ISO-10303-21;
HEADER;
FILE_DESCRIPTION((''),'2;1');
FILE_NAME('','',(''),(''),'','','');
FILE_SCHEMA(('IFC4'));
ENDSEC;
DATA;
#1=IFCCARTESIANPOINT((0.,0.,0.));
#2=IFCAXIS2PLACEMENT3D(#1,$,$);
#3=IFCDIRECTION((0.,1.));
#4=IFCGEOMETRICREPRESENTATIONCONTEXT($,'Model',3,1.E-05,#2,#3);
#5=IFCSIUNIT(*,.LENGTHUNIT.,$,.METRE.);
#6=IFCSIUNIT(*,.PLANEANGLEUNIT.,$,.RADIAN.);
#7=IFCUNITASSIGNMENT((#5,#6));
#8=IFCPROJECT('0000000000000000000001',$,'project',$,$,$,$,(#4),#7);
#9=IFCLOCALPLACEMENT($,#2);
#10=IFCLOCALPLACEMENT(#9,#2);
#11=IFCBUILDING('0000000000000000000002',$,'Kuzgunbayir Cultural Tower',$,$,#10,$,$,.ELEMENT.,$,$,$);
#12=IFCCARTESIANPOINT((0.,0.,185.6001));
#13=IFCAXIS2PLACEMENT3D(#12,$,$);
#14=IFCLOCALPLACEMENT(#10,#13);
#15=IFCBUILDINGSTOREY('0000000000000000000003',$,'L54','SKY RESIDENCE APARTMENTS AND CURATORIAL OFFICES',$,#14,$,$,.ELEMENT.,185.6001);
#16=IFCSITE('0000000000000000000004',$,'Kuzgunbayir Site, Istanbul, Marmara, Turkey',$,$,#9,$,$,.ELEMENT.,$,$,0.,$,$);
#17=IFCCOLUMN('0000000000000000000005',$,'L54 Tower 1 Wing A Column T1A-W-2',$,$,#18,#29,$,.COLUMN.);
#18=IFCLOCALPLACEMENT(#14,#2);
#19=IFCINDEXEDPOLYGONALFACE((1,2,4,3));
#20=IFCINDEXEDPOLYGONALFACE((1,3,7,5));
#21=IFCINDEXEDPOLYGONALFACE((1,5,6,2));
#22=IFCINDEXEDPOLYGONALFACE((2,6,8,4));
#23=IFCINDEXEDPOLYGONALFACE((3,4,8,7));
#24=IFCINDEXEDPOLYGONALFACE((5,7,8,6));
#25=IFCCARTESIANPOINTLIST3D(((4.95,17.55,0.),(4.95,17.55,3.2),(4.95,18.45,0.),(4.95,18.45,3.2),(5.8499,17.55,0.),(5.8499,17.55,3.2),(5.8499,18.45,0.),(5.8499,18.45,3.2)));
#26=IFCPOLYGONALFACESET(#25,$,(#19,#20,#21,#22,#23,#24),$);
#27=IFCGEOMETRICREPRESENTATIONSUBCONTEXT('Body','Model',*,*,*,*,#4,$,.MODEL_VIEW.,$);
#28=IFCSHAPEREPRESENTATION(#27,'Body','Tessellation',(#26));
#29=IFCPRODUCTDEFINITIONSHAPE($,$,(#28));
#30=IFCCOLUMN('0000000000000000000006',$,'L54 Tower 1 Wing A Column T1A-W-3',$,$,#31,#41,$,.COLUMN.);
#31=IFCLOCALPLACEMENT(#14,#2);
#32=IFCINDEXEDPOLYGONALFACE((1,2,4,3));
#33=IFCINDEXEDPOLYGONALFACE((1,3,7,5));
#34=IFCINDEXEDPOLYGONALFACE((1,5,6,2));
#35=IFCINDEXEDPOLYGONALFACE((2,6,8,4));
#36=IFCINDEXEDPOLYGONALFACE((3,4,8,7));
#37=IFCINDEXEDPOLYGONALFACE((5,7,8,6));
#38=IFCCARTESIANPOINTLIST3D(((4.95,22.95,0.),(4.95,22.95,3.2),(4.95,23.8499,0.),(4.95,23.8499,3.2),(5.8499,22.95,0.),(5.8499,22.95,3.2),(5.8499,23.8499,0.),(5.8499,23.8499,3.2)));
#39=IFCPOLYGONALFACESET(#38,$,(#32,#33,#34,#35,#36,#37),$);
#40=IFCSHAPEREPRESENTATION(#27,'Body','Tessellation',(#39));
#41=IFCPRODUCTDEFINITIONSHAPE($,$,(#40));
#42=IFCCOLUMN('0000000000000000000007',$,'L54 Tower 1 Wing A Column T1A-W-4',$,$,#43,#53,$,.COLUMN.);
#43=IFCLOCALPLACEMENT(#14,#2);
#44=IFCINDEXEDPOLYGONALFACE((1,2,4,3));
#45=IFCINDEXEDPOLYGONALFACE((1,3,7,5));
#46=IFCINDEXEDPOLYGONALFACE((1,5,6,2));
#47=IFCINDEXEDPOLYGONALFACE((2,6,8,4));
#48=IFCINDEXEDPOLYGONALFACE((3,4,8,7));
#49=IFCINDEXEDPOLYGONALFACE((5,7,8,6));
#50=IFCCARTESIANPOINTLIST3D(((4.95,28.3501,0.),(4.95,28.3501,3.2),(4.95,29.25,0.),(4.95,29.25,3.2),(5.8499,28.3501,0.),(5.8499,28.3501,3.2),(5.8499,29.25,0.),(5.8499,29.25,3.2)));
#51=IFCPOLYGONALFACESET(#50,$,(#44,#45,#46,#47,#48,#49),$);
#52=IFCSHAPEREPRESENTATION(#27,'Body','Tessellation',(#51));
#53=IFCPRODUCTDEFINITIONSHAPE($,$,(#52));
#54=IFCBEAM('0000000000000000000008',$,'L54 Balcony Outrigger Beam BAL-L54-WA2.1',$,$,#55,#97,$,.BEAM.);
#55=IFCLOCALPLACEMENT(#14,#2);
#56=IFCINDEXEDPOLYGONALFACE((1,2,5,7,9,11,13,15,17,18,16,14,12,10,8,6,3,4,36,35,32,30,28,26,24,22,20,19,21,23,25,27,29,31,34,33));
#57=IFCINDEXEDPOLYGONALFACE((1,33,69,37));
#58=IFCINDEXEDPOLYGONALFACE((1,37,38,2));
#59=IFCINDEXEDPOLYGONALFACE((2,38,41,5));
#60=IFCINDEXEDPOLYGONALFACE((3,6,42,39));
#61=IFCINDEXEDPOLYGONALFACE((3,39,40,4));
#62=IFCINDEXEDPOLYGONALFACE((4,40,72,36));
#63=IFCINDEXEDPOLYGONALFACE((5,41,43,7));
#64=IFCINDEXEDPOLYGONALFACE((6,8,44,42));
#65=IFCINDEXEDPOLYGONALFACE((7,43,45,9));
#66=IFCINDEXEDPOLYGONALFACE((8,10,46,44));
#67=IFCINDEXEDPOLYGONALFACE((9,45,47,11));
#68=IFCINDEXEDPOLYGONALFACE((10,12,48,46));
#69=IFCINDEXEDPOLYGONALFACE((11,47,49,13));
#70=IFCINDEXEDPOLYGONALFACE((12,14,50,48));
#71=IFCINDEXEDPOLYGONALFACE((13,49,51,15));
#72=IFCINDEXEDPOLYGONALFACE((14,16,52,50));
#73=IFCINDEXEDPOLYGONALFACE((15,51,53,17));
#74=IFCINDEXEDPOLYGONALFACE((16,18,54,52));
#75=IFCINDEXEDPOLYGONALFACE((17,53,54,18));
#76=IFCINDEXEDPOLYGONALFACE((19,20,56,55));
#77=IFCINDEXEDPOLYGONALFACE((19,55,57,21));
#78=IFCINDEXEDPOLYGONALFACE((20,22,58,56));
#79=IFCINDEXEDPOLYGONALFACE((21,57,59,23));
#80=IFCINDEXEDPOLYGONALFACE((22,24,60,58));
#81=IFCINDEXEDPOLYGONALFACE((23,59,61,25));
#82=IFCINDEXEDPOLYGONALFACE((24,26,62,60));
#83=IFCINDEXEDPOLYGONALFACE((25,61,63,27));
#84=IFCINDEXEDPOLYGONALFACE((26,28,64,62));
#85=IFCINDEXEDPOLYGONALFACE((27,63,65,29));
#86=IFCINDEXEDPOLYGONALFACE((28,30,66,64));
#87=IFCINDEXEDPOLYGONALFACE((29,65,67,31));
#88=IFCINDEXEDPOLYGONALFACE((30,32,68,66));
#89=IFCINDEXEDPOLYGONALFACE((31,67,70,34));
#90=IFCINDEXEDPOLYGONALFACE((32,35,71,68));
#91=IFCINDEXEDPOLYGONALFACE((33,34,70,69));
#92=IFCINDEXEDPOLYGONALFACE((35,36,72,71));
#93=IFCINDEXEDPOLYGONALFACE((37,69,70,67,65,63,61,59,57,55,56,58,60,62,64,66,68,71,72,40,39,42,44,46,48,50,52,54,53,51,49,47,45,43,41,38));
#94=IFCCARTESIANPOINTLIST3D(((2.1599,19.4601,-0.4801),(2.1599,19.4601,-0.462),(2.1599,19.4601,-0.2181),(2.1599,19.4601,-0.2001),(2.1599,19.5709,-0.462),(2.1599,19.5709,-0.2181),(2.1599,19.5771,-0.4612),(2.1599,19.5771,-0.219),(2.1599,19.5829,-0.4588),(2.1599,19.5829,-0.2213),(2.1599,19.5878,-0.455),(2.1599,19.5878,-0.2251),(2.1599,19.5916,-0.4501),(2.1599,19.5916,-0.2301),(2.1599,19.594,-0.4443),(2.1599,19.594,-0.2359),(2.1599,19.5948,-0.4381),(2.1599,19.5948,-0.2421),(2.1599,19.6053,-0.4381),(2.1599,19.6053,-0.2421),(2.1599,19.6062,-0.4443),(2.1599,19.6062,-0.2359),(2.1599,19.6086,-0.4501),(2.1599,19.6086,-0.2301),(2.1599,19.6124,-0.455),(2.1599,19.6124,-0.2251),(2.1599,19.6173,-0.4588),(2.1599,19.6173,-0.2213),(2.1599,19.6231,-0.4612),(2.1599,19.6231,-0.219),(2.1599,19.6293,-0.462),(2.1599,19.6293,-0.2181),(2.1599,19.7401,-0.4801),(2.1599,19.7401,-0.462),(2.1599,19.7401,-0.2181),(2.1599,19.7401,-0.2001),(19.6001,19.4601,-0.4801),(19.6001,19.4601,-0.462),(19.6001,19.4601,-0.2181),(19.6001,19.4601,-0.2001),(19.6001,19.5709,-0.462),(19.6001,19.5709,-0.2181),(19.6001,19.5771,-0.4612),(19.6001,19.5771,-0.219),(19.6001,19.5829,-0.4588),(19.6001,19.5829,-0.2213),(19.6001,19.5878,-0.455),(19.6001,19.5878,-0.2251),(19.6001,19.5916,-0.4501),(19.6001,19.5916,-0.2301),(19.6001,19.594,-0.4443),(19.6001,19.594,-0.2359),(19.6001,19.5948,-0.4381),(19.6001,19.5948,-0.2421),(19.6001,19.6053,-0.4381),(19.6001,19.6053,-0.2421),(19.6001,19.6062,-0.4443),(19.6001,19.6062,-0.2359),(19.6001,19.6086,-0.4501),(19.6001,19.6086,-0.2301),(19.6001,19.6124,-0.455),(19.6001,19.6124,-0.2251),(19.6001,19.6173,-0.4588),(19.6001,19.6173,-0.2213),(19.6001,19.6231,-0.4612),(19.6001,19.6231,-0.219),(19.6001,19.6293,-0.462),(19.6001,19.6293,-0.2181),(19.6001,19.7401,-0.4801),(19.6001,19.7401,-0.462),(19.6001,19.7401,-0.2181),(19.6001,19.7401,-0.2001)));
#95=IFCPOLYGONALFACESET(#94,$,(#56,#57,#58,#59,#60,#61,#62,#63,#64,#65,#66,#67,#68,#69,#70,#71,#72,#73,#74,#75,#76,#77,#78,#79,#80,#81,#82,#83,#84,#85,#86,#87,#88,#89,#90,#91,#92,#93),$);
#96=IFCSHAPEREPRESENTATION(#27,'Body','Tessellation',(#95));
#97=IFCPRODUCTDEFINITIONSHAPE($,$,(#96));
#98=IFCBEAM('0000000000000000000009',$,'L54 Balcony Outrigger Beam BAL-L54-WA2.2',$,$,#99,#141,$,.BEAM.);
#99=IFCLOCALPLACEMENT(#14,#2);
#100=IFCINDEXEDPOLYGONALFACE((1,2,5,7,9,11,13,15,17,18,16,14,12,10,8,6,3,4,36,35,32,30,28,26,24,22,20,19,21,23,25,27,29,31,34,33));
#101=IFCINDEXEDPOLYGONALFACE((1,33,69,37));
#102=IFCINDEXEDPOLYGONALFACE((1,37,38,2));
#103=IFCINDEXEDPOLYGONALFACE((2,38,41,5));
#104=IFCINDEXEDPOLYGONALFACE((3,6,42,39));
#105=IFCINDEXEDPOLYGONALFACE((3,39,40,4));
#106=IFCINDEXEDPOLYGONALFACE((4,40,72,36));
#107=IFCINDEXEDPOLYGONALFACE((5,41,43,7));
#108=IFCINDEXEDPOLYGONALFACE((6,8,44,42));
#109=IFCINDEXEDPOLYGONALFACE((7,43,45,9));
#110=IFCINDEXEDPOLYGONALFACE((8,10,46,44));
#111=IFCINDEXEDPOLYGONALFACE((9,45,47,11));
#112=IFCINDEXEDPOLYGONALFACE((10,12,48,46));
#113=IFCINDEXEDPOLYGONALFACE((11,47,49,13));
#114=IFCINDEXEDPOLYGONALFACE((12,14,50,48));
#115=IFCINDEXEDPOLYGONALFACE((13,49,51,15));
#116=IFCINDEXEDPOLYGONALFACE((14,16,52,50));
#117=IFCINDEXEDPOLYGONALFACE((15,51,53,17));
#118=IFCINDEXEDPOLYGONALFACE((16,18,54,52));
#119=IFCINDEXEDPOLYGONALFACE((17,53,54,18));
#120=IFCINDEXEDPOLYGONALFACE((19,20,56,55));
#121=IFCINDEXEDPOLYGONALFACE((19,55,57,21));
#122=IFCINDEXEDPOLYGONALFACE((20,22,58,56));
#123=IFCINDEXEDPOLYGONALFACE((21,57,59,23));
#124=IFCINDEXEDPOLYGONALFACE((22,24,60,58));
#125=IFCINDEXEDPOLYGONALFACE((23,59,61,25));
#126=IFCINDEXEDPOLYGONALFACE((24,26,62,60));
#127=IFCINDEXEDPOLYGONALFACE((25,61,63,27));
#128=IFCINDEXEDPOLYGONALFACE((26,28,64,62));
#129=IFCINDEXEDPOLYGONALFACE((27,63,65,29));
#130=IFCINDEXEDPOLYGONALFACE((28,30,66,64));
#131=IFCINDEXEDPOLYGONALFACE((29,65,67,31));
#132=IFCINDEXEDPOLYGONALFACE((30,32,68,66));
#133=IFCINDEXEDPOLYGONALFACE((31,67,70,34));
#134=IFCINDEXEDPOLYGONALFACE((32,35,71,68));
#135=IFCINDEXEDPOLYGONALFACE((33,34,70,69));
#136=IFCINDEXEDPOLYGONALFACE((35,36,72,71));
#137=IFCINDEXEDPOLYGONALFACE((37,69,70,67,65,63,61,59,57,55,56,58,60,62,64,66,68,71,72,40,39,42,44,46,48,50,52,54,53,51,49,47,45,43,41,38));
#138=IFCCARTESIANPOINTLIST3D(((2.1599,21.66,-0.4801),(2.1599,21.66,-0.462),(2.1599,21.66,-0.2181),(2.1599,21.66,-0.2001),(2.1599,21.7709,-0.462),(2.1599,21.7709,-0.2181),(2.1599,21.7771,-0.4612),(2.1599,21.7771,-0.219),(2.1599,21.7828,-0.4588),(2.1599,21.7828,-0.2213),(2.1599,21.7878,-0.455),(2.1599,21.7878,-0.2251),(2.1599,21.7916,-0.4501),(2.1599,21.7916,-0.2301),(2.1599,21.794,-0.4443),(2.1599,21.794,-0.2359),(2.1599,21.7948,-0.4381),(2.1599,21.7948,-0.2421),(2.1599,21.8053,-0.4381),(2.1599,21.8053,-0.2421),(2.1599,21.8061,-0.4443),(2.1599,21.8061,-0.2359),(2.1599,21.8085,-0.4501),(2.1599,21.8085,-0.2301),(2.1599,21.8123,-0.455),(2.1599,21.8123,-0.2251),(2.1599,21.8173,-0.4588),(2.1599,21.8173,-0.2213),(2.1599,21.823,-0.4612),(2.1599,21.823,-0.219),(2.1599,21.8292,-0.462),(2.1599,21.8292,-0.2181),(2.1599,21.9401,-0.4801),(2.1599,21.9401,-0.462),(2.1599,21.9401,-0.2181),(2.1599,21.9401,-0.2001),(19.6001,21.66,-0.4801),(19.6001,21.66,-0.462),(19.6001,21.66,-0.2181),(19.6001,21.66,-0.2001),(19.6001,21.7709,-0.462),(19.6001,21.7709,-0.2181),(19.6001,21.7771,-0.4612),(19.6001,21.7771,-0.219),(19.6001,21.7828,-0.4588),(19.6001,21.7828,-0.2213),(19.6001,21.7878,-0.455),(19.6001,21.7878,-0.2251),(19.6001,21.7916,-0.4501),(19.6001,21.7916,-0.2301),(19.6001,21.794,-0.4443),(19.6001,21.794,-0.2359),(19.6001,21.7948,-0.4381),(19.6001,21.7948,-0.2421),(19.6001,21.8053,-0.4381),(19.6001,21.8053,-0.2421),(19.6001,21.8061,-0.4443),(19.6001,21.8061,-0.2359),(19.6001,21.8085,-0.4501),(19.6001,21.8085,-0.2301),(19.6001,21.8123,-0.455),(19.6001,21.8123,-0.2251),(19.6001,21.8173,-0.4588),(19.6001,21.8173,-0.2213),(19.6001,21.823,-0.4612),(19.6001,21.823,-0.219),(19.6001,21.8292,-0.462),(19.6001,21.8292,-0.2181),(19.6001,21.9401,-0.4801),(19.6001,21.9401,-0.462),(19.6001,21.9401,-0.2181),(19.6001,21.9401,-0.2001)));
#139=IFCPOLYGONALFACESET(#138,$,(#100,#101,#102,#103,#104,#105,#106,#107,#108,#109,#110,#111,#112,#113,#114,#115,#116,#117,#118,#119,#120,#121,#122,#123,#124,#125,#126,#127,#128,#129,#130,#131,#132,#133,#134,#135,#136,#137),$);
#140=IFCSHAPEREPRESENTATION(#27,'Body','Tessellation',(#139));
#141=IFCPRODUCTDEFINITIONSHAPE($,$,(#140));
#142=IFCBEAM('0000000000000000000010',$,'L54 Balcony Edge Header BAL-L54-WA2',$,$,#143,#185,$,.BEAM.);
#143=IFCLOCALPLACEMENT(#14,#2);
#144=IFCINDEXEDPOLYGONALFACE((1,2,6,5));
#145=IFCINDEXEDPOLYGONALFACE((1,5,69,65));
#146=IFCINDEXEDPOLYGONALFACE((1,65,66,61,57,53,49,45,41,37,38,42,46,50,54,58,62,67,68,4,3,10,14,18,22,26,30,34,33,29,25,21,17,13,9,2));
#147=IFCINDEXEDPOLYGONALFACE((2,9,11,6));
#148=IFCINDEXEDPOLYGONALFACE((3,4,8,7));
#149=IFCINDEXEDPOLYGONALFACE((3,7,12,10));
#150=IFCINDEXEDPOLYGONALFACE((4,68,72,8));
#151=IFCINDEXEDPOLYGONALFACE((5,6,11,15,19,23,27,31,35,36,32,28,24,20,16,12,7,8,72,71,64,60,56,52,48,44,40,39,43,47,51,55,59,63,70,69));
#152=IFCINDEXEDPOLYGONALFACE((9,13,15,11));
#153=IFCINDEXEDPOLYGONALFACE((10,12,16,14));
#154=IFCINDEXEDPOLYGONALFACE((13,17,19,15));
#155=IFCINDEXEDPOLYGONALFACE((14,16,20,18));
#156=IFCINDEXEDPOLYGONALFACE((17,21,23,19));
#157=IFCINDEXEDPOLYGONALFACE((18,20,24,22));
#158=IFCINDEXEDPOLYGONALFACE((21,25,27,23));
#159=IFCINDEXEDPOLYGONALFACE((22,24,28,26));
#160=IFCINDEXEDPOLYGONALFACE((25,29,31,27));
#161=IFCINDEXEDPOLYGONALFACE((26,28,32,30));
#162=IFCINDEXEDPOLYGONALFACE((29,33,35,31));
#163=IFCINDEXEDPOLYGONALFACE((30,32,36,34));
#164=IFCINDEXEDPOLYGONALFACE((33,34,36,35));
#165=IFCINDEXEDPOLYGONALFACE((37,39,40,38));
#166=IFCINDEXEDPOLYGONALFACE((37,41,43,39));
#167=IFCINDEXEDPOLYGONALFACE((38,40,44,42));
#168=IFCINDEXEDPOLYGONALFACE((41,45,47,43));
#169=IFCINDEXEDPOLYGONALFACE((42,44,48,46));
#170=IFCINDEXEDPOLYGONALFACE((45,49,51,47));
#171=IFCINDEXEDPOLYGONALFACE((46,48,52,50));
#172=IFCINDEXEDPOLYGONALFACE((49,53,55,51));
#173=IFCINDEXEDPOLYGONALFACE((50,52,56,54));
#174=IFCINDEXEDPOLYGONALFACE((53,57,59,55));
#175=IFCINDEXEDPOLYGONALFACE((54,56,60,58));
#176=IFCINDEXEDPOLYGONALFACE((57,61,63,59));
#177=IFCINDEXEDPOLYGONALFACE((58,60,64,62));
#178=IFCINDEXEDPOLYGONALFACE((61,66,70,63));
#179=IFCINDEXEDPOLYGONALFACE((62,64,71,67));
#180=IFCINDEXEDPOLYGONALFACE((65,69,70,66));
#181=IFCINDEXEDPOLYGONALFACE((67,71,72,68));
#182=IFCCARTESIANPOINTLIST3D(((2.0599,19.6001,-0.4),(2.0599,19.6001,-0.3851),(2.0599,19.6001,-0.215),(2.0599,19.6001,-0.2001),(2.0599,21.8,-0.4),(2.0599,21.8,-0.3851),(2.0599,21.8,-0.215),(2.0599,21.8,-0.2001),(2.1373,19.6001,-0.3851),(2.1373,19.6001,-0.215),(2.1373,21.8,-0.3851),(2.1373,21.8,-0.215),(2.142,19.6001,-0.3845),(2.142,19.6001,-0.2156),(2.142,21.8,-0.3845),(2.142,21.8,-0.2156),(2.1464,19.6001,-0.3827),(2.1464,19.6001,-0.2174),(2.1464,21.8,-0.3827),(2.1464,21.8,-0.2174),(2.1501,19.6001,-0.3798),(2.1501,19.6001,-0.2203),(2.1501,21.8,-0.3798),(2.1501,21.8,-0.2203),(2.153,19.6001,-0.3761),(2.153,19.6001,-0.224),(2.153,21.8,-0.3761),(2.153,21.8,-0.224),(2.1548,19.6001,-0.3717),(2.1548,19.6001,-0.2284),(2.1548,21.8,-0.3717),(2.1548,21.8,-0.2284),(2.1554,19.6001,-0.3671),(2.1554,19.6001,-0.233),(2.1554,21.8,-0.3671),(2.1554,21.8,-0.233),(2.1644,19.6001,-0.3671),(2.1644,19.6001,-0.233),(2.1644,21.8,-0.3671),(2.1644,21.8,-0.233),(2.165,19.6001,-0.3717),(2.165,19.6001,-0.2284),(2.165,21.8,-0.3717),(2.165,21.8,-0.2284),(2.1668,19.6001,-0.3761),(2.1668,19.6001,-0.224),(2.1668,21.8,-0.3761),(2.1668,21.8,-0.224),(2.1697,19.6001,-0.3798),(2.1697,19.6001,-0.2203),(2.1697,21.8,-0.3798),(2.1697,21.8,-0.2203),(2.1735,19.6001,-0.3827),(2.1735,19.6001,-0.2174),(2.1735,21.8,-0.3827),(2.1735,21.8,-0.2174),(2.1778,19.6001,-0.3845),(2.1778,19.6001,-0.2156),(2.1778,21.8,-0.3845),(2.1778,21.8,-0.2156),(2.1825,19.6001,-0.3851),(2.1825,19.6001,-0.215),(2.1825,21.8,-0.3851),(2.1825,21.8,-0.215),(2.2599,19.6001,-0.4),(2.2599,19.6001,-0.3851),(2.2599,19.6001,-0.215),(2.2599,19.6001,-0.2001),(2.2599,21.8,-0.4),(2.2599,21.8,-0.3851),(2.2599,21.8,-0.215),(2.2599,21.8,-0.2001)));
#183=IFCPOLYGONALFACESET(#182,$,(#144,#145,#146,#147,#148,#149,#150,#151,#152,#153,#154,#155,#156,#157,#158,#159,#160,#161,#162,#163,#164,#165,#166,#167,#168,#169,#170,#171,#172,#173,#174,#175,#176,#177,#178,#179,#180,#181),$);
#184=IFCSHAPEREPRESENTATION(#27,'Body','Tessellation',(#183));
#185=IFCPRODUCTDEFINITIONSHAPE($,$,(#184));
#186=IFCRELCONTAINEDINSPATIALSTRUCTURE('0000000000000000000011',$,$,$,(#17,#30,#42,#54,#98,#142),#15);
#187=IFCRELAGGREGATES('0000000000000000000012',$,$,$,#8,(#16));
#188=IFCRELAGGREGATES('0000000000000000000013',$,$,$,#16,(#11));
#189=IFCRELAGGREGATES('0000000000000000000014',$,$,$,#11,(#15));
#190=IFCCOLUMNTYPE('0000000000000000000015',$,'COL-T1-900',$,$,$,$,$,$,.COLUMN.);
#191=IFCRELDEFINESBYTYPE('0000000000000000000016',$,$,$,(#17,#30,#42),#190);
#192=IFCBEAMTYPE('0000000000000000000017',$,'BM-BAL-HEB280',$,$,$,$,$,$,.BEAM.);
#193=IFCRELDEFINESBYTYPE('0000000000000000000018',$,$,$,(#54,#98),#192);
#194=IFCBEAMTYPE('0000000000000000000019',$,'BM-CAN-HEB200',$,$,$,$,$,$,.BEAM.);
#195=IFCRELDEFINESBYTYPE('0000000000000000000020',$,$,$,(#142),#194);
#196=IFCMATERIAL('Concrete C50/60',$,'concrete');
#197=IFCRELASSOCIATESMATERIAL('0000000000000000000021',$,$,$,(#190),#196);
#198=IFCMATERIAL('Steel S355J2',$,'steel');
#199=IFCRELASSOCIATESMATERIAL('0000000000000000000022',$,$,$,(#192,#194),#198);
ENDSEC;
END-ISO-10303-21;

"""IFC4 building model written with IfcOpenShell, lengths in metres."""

from ifc_helpers import new_model, si_unit, direction, frame, origin, origin_2d, place, context, subcontext, project, spatial, rectangle, i_section, extrude, material, material_profile, profile_set, type_object, element, save


model = new_model("IFC4")

# Units and contexts
model_context = context("Model", 3, precision=1e-05, world=origin(), true_north=direction((0.0, 1.0)))
body_context = subcontext(model_context, "Body", "Model", "MODEL_VIEW")
ifc_project = project(units=[si_unit("LENGTHUNIT", "METRE"), si_unit("PLANEANGLEUNIT", "RADIAN")], contexts=[model_context])

# Site, building, storey
site_placement = place(None, origin())
site = spatial("IfcSite", under=ifc_project, at=site_placement, Name="Kuzgunbayir Site, Istanbul, Marmara, Turkey", CompositionType="ELEMENT", RefElevation=0.0)
building_placement = place(site_placement, origin())
building = spatial("IfcBuilding", under=site, at=building_placement, Name="Kuzgunbayir Cultural Tower", CompositionType="ELEMENT")
storey_placement = place(building_placement, frame((0.0, 0.0, 185.6001)))
storey = spatial("IfcBuildingStorey", under=building, at=storey_placement, Name="L54", Description="SKY RESIDENCE APARTMENTS AND CURATORIAL OFFICES", CompositionType="ELEMENT", Elevation=185.6001)

# Columns
ifc_material_1 = material(Name="Concrete C50/60", Category="concrete")
ifc_material_profile_1 = material_profile(ifc_material_1, rectangle(XDim=0.8999, YDim=0.8999, at=origin_2d()), Name="RC 900x900")
ifc_profile_set_1 = profile_set([ifc_material_profile_1], Name="Concrete C50/60")
column_type = type_object("IfcColumnType", Name="COL-T1-900", PredefinedType="COLUMN", material=ifc_profile_set_1)
for number, where, z_axis, x_axis, name in (
    (1, (5.3999, 18.0, 0.0), (0.0, 0.0, 1.0), (1.0, 0.0, 0.0), "L54 Tower 1 Wing A Column T1A-W-2"),
    (2, (5.3999, 23.3999, 0.0), (0.0, 0.0, 1.0), (1.0, 0.0, 0.0), "L54 Tower 1 Wing A Column T1A-W-3"),
    (3, (5.3999, 28.8, 0.0), (0.0, 0.0, 1.0), (1.0, 0.0, 0.0), "L54 Tower 1 Wing A Column T1A-W-4"),
):
    element("IfcColumn", number, at=place(storey_placement, frame(where, z_axis=z_axis, x_axis=x_axis)), inside=storey, type_object=column_type, Name=name, PredefinedType="COLUMN", context=body_context, shape_type="SweptSolid", body=[
        extrude(rectangle(XDim=0.8999, YDim=0.8999, at=origin_2d()), origin(), (0.0, 0.0, 1.0), 3.2),
    ])

# Beams
ifc_material_2 = material(Name="Steel S355J2", Category="steel")
ifc_material_profile_2 = material_profile(ifc_material_2, i_section(OverallWidth=0.28, OverallDepth=0.28, WebThickness=0.0105, FlangeThickness=0.0181, FilletRadius=0.0239, at=origin_2d()), Name="HEB 280")
ifc_profile_set_2 = profile_set([ifc_material_profile_2], Name="Steel S355J2")
beam_type_1 = type_object("IfcBeamType", Name="BM-BAL-HEB280", PredefinedType="BEAM", material=ifc_profile_set_2)
for number, where, z_axis, x_axis, name in (
    (4, (2.1599, 19.6001, -0.3401), (1.0, 0.0, 0.0), (0.0, 1.0, 0.0), "L54 Balcony Outrigger Beam BAL-L54-WA2.1"),
    (5, (2.1599, 21.8, -0.3401), (1.0, 0.0, 0.0), (0.0, 1.0, 0.0), "L54 Balcony Outrigger Beam BAL-L54-WA2.2"),
):
    element("IfcBeam", number, at=place(storey_placement, frame(where, z_axis=z_axis, x_axis=x_axis)), inside=storey, type_object=beam_type_1, Name=name, PredefinedType="BEAM", context=body_context, shape_type="SweptSolid", body=[
        extrude(i_section(OverallWidth=0.28, OverallDepth=0.28, WebThickness=0.0105, FlangeThickness=0.0181, FilletRadius=0.0239, at=origin_2d()), origin(), (0.0, 0.0, 1.0), 17.4402),
    ])
ifc_material_profile_3 = material_profile(ifc_material_2, i_section(OverallWidth=0.2, OverallDepth=0.2, WebThickness=0.009, FlangeThickness=0.0149, FilletRadius=0.0181, at=origin_2d()), Name="HEB 200")
ifc_profile_set_3 = profile_set([ifc_material_profile_3], Name="Steel S355J2")
beam_type_2 = type_object("IfcBeamType", Name="BM-CAN-HEB200", PredefinedType="BEAM", material=ifc_profile_set_3)
beam_1_placement = place(storey_placement, frame((2.1599, 19.6001, -0.3), z_axis=(0.0, 1.0, 0.0), x_axis=(-1.0, 0.0, 0.0)))
element("IfcBeam", 6, at=beam_1_placement, inside=storey, type_object=beam_type_2, Name="L54 Balcony Edge Header BAL-L54-WA2", PredefinedType="BEAM", context=body_context, shape_type="SweptSolid", body=[
    extrude(i_section(OverallWidth=0.2, OverallDepth=0.2, WebThickness=0.009, FlangeThickness=0.0149, FilletRadius=0.0181, at=origin_2d()), origin(), (0.0, 0.0, 1.0), 2.2),
])

save(model, "model.ifc")
